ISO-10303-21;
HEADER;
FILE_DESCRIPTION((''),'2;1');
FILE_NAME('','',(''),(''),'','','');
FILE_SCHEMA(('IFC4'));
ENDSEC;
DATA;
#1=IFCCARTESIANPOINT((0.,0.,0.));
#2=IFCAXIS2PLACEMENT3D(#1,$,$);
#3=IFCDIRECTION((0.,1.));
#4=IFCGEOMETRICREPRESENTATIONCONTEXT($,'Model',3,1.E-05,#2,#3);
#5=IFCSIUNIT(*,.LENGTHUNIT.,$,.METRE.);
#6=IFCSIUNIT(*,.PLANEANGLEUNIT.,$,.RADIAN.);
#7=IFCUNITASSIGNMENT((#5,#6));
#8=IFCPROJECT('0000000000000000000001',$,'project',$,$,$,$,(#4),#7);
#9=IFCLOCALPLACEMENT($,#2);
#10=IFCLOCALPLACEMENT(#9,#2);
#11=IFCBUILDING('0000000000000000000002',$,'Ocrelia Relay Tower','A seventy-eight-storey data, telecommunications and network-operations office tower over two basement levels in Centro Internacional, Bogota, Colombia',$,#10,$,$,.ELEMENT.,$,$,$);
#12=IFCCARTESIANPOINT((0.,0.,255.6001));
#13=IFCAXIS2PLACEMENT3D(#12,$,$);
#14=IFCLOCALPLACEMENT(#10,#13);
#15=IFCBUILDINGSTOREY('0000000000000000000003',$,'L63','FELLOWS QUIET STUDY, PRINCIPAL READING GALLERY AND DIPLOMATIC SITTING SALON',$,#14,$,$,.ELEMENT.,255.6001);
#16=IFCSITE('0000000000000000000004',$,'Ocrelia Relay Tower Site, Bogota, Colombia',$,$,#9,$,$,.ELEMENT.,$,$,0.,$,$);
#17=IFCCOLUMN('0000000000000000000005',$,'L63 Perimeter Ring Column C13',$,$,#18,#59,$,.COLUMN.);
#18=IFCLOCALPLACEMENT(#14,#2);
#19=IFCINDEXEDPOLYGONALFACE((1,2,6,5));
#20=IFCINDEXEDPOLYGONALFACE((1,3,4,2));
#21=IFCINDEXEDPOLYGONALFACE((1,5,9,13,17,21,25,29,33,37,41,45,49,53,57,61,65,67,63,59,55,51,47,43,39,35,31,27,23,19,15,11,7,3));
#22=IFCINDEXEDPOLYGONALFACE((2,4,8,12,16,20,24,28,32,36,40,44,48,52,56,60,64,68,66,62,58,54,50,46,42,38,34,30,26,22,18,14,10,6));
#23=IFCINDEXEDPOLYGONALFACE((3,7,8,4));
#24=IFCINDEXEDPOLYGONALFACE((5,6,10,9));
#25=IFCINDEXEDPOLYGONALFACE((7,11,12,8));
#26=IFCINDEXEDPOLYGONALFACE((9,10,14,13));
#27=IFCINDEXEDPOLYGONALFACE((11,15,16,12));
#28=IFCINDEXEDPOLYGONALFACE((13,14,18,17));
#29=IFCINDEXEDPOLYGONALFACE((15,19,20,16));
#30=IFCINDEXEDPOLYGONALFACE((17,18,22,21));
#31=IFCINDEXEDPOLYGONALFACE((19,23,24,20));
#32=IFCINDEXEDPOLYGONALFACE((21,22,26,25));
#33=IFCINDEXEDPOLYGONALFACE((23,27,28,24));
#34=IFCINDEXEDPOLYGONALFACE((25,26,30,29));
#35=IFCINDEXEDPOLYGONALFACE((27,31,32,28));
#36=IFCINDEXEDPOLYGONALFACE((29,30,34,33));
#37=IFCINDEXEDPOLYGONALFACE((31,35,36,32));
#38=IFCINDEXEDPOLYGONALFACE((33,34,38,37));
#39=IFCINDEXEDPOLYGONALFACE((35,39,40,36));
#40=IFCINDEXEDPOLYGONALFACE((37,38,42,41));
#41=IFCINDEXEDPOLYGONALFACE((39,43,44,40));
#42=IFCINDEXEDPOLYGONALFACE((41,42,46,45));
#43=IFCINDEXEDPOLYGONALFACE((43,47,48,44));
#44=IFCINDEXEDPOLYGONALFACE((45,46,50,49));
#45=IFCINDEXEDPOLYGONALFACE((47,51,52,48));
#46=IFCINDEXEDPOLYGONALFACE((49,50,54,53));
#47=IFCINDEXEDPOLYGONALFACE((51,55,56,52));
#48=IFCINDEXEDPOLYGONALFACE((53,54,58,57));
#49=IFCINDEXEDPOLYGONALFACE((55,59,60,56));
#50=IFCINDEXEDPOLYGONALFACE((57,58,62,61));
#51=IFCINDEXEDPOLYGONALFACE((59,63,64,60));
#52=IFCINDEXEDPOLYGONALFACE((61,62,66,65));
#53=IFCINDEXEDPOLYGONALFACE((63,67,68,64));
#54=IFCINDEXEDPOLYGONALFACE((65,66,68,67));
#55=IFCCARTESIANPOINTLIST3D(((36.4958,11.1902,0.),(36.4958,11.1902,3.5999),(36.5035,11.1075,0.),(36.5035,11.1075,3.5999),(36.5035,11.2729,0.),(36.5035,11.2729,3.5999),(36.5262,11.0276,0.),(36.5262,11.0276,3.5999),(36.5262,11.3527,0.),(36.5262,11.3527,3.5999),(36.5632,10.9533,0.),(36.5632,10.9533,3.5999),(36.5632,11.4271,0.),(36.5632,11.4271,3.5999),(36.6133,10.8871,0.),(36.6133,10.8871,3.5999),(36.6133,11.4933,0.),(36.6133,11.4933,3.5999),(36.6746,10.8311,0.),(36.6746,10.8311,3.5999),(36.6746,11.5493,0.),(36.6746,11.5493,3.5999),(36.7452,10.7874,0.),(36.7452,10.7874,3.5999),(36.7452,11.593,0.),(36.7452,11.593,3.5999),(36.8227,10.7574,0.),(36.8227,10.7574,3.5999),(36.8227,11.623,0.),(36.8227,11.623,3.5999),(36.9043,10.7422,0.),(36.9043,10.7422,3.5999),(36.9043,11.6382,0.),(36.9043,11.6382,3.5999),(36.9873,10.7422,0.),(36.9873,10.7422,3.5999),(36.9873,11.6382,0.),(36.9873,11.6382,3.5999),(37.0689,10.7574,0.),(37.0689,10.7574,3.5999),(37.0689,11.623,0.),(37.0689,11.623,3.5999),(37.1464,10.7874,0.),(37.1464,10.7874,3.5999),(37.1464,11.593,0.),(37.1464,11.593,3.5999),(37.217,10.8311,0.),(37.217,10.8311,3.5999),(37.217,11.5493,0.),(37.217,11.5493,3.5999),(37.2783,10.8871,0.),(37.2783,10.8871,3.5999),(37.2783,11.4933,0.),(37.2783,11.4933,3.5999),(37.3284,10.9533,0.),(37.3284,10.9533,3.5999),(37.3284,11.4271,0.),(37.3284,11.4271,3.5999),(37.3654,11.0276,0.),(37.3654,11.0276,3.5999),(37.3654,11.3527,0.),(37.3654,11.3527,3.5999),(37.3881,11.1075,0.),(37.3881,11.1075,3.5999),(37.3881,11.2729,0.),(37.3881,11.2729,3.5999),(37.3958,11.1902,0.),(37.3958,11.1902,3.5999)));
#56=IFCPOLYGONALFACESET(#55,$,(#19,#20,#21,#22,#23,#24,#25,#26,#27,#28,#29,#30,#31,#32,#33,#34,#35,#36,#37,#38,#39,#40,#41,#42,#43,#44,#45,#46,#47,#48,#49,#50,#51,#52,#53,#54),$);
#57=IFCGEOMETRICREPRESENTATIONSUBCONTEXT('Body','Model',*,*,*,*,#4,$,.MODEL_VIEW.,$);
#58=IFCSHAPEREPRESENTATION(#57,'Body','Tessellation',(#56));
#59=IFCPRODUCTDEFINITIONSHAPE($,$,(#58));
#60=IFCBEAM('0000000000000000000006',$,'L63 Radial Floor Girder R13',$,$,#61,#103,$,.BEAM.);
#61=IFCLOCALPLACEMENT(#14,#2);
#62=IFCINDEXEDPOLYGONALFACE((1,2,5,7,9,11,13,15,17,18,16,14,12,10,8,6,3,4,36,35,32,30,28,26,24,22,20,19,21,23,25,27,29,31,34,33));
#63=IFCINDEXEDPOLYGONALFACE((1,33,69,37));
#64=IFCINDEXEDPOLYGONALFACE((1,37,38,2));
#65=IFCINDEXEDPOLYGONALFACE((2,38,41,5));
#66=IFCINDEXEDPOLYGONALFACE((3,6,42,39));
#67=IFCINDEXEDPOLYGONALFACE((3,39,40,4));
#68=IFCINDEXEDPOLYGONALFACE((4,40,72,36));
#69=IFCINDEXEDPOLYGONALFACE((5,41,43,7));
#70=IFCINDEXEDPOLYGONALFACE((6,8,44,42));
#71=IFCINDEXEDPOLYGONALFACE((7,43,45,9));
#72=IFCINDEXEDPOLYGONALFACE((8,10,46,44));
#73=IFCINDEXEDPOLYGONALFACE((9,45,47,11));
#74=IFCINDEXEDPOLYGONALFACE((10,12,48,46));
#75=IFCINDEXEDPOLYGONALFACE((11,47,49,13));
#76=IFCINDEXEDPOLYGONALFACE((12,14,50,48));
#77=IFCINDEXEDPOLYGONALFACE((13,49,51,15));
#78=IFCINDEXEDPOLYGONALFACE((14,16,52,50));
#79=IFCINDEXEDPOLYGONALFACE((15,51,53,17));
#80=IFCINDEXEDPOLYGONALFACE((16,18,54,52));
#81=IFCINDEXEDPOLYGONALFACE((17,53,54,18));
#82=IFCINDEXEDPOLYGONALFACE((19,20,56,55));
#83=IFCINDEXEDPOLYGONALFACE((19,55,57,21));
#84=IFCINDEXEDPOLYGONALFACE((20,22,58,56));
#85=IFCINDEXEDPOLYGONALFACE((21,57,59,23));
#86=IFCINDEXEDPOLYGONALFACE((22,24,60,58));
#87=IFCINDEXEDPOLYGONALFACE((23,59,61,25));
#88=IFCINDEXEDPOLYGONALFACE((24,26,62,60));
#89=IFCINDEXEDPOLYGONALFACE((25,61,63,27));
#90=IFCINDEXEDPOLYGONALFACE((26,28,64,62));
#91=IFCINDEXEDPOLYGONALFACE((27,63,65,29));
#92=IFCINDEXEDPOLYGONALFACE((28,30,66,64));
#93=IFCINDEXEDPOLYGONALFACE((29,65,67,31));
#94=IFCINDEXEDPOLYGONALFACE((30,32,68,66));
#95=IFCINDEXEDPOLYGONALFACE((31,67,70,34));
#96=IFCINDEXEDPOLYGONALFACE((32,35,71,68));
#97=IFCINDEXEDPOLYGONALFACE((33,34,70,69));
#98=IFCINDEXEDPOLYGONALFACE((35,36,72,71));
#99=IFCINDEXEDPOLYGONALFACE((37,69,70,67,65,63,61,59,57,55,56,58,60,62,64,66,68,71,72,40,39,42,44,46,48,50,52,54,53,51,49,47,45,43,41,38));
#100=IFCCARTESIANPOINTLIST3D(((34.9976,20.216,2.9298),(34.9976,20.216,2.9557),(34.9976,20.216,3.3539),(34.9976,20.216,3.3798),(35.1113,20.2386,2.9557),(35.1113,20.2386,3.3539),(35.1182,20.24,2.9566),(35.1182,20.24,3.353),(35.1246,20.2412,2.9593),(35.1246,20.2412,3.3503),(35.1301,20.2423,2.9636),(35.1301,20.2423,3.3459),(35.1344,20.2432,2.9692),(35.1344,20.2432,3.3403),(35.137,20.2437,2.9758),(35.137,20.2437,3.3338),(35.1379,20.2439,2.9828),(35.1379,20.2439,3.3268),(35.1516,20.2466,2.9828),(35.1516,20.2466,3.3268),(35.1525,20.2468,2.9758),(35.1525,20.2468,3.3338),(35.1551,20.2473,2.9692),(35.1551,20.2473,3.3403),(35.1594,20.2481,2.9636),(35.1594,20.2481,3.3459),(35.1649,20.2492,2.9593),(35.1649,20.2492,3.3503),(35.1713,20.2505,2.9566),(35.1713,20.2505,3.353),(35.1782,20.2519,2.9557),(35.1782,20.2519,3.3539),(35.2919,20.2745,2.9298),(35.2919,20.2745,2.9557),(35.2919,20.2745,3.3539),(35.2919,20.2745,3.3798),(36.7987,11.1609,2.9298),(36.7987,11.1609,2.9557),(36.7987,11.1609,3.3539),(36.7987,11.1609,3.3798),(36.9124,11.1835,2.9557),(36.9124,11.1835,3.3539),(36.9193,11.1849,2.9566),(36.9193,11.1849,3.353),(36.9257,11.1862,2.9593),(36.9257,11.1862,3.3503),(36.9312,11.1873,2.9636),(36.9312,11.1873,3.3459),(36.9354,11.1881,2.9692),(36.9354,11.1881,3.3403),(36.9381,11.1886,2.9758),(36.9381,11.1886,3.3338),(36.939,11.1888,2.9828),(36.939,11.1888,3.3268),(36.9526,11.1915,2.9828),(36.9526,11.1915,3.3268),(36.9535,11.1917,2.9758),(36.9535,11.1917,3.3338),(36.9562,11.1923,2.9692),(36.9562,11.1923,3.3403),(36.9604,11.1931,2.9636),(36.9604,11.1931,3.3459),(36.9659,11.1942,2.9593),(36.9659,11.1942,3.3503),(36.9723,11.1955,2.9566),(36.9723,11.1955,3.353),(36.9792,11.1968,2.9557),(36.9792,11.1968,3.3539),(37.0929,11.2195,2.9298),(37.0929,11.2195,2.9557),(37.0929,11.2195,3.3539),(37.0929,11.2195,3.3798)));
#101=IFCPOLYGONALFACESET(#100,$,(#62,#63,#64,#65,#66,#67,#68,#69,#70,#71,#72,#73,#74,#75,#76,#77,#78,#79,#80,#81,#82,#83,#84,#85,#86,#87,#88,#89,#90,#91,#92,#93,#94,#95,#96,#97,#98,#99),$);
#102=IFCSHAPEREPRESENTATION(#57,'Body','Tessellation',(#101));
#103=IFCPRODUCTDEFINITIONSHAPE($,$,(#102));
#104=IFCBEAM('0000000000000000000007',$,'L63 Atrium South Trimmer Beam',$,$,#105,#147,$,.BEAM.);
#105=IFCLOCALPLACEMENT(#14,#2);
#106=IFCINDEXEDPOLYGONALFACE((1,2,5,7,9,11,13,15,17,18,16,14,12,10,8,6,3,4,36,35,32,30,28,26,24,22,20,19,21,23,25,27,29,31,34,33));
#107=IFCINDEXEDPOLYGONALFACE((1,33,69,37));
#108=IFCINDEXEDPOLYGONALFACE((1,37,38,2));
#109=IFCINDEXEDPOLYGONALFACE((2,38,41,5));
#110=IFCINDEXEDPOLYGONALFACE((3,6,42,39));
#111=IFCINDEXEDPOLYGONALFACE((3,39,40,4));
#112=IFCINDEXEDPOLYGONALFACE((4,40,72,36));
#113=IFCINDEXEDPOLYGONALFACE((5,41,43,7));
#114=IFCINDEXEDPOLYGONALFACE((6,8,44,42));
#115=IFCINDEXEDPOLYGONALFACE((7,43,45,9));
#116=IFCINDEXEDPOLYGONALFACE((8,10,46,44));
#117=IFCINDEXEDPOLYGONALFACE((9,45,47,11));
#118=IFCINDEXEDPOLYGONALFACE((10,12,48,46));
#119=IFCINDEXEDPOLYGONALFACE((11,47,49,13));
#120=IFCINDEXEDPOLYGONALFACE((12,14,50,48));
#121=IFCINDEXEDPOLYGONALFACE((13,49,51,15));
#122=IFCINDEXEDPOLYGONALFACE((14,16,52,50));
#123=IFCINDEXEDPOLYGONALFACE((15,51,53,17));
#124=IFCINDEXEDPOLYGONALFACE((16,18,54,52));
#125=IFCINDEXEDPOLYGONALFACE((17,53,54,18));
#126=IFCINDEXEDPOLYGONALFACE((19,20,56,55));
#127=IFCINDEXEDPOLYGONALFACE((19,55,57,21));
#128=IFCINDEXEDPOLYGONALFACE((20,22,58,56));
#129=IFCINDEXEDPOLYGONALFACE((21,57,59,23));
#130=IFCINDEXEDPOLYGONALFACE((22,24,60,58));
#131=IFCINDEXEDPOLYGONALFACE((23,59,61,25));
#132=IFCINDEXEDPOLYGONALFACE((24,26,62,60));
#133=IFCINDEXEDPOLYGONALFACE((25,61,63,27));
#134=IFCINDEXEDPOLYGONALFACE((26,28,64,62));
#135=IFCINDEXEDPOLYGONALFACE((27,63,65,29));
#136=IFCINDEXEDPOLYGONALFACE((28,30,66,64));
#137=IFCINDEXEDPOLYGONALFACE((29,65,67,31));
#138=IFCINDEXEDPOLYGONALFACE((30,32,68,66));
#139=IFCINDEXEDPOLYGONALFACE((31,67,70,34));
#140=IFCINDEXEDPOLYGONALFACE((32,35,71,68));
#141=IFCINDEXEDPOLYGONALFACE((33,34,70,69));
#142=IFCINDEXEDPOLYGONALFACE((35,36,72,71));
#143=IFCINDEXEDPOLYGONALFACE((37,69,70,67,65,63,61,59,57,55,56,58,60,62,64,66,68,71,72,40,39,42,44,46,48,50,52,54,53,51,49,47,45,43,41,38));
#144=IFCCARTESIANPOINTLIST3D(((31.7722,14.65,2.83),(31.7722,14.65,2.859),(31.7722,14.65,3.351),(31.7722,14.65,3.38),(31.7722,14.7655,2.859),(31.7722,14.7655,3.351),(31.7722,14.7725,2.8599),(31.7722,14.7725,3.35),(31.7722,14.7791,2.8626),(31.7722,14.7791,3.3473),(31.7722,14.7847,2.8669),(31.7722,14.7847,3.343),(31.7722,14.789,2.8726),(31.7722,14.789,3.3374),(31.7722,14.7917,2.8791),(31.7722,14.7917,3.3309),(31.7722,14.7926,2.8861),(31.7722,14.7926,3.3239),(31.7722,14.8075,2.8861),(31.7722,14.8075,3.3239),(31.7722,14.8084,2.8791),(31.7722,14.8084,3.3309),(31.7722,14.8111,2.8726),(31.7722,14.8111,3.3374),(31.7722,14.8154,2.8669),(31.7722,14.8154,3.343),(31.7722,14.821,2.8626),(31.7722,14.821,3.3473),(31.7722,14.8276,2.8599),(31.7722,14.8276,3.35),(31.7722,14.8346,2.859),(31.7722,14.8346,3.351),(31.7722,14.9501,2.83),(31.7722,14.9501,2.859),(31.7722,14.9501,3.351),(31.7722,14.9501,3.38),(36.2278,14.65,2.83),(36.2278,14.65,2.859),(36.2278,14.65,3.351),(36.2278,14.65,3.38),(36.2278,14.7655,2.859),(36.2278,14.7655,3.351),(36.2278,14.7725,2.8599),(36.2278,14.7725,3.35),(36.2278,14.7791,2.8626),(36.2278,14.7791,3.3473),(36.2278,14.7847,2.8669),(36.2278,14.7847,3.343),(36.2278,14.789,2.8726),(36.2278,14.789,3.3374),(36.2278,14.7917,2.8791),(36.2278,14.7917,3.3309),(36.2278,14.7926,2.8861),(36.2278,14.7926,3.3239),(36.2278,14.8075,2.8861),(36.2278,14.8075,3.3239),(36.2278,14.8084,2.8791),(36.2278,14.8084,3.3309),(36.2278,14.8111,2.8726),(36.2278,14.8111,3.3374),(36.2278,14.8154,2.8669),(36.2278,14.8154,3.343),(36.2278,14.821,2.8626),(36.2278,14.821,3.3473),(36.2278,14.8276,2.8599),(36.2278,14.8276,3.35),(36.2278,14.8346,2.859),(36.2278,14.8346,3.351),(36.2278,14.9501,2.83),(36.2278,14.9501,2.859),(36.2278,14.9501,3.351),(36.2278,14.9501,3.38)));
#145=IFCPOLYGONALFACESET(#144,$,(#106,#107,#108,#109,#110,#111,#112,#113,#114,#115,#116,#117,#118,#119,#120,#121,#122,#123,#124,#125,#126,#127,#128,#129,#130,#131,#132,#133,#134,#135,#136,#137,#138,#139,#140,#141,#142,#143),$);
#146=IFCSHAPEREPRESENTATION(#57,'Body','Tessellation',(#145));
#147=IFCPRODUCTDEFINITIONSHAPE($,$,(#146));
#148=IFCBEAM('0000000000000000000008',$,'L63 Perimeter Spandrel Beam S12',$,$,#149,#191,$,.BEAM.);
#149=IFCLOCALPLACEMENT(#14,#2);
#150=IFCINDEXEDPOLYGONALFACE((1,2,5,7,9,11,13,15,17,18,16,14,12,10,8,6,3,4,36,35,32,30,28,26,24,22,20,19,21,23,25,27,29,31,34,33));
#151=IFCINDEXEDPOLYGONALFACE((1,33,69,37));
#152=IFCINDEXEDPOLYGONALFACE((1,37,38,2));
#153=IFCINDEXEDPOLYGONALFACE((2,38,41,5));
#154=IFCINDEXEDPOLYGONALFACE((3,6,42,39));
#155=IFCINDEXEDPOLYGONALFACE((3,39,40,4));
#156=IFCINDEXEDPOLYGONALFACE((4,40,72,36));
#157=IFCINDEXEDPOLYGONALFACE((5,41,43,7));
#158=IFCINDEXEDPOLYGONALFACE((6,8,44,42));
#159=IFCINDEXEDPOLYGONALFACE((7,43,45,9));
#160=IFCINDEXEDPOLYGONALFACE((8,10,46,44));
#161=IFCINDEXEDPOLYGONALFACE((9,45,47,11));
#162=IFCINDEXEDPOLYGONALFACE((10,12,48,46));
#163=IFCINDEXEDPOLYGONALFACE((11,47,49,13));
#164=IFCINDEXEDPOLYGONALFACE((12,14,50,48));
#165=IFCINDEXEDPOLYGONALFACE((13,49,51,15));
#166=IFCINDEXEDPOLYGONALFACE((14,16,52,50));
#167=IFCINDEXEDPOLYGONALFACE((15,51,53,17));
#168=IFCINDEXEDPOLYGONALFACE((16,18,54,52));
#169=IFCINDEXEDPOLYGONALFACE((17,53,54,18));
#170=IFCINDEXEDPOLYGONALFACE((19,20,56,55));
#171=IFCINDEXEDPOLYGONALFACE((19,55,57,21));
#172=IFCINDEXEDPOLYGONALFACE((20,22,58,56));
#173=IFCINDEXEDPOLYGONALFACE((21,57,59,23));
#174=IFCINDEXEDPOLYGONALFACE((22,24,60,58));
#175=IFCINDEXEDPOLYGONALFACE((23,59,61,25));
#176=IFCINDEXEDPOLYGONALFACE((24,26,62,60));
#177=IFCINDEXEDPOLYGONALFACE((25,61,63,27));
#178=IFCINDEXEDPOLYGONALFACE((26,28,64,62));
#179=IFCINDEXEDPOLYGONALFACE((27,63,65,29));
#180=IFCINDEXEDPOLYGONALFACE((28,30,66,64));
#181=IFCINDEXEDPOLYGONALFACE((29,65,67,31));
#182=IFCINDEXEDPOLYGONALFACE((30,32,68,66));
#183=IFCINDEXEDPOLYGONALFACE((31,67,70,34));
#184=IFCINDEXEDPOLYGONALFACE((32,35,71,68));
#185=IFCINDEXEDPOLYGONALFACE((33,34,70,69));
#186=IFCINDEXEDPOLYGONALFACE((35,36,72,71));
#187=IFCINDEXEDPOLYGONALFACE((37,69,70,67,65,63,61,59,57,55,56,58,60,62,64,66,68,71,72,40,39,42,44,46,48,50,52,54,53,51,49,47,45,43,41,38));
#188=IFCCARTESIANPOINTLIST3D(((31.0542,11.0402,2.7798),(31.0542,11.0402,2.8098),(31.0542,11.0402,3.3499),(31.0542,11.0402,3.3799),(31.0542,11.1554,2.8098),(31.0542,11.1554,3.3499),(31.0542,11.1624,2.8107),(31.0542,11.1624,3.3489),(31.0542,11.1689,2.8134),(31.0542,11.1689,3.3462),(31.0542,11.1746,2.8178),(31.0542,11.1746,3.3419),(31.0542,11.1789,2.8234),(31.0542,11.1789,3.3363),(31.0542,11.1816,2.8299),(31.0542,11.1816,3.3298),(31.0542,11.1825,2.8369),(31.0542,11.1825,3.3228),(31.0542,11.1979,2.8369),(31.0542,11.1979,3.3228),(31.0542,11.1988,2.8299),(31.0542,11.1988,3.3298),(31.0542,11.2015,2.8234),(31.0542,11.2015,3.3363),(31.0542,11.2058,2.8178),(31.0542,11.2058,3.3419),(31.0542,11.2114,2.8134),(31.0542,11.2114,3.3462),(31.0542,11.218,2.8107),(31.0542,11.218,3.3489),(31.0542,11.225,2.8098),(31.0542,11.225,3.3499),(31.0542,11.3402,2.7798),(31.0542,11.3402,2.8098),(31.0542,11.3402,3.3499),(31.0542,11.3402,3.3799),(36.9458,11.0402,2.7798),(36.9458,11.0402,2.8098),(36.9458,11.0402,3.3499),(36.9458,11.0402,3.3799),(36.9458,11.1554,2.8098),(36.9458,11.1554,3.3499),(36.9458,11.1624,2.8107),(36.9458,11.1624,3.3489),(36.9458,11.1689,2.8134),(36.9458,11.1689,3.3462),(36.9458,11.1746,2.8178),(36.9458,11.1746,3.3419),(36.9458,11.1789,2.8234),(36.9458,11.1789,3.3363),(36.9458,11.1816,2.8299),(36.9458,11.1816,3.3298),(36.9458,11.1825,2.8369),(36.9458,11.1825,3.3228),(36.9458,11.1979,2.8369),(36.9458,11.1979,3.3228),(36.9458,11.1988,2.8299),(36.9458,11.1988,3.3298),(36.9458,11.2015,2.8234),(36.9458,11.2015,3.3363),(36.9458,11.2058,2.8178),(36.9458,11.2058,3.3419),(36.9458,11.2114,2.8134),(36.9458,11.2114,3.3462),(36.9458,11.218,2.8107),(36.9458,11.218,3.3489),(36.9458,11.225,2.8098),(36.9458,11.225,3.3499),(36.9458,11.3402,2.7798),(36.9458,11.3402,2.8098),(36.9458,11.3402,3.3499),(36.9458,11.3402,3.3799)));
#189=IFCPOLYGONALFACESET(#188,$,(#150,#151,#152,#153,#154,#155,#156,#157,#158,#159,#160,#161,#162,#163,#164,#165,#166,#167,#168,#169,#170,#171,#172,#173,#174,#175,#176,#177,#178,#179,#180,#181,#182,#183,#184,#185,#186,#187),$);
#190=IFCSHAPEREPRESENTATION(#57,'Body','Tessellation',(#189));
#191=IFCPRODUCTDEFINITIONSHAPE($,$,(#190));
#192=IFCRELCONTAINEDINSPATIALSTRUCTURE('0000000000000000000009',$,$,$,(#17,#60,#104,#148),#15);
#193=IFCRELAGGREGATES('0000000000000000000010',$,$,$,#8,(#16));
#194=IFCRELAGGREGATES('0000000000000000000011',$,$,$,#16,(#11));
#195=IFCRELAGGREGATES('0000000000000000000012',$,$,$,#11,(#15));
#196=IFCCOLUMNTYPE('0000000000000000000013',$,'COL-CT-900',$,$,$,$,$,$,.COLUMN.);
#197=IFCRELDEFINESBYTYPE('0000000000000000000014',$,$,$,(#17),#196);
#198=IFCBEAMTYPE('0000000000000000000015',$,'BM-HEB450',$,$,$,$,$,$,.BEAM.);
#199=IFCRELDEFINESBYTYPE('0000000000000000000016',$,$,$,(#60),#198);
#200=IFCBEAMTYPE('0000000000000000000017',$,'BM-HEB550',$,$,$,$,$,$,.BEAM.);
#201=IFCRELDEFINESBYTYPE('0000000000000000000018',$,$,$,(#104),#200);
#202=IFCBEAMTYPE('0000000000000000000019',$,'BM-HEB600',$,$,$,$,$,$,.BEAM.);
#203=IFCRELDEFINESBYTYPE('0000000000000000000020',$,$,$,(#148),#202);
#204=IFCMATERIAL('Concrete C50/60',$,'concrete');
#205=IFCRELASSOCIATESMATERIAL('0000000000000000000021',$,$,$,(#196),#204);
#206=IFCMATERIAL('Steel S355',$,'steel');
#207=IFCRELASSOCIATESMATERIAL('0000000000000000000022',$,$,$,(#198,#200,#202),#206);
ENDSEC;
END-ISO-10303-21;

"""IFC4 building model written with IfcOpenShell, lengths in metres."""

from ifc_helpers import new_model, si_unit, direction, frame, origin, origin_2d, place, context, subcontext, project, spatial, circle, i_section, extrude, material, material_profile, profile_set, type_object, element, save


model = new_model("IFC4")

# Units and contexts
model_context = context("Model", 3, precision=1e-05, world=origin(), true_north=direction((0.0, 1.0)))
body_context = subcontext(model_context, "Body", "Model", "MODEL_VIEW")
ifc_project = project(units=[si_unit("LENGTHUNIT", "METRE"), si_unit("PLANEANGLEUNIT", "RADIAN")], contexts=[model_context])

# Site, building, storey
site_placement = place(None, origin())
site = spatial("IfcSite", under=ifc_project, at=site_placement, Name="Ocrelia Relay Tower Site, Bogota, Colombia", CompositionType="ELEMENT", RefElevation=0.0)
building_placement = place(site_placement, origin())
building = spatial("IfcBuilding", under=site, at=building_placement, Name="Ocrelia Relay Tower", Description="A seventy-eight-storey data, telecommunications and network-operations office tower over two basement levels in Centro Internacional, Bogota, Colombia", CompositionType="ELEMENT")
storey_placement = place(building_placement, frame((0.0, 0.0, 255.6001)))
storey = spatial("IfcBuildingStorey", under=building, at=storey_placement, Name="L63", Description="FELLOWS QUIET STUDY, PRINCIPAL READING GALLERY AND DIPLOMATIC SITTING SALON", CompositionType="ELEMENT", Elevation=255.6001)

# Column
ifc_material_1 = material(Name="Concrete C50/60", Category="concrete")
ifc_material_profile_1 = material_profile(ifc_material_1, circle(Radius=0.45, at=origin_2d()), Name="RC-CIR-900")
ifc_profile_set_1 = profile_set([ifc_material_profile_1], Name="Concrete C50/60")
column_type = type_object("IfcColumnType", Name="COL-CT-900", PredefinedType="COLUMN", material=ifc_profile_set_1)
column_placement = place(storey_placement, frame((36.9458, 11.1902, 0.0), z_axis=(0.0, 0.0, 1.0), x_axis=(1.0, 0.0, 0.0)))
element("IfcColumn", 1, at=column_placement, inside=storey, type_object=column_type, Name="L63 Perimeter Ring Column C13", PredefinedType="COLUMN", context=body_context, shape_type="SweptSolid", body=[
    extrude(circle(Radius=0.45, at=origin_2d()), origin(), (0.0, 0.0, 1.0), 3.5999),
])

# Beams
ifc_material_2 = material(Name="Steel S355", Category="steel")
ifc_material_profile_2 = material_profile(ifc_material_2, i_section(OverallWidth=0.3, OverallDepth=0.45, WebThickness=0.0139, FlangeThickness=0.0259, FilletRadius=0.0271, at=origin_2d()), Name="HEB 450")
ifc_profile_set_2 = profile_set([ifc_material_profile_2], Name="Steel S355")
beam_type_1 = type_object("IfcBeamType", Name="BM-HEB450", PredefinedType="BEAM", material=ifc_profile_set_2)
beam_1_placement = place(storey_placement, frame((36.9458, 11.1902, 3.1548), z_axis=(-0.195079, 0.980788, 0.0), x_axis=(-0.980788, -0.195079, 0.0)))
element("IfcBeam", 2, at=beam_1_placement, inside=storey, type_object=beam_type_1, Name="L63 Radial Floor Girder R13", PredefinedType="BEAM", context=body_context, shape_type="SweptSolid", body=[
    extrude(i_section(OverallWidth=0.3, OverallDepth=0.45, WebThickness=0.0139, FlangeThickness=0.0259, FilletRadius=0.0271, at=origin_2d()), origin(), (0.0, 0.0, 1.0), 9.2324),
])
ifc_material_profile_3 = material_profile(ifc_material_2, i_section(OverallWidth=0.3, OverallDepth=0.55, WebThickness=0.0149, FlangeThickness=0.0291, FilletRadius=0.0271, at=origin_2d()), Name="HEB 550")
ifc_profile_set_3 = profile_set([ifc_material_profile_3], Name="Steel S355")
beam_type_2 = type_object("IfcBeamType", Name="BM-HEB550", PredefinedType="BEAM", material=ifc_profile_set_3)
beam_2_placement = place(storey_placement, frame((31.7722, 14.8, 3.105), z_axis=(1.0, 0.0, 0.0), x_axis=(0.0, 1.0, 0.0)))
element("IfcBeam", 3, at=beam_2_placement, inside=storey, type_object=beam_type_2, Name="L63 Atrium South Trimmer Beam", PredefinedType="BEAM", context=body_context, shape_type="SweptSolid", body=[
    extrude(i_section(OverallWidth=0.3, OverallDepth=0.55, WebThickness=0.0149, FlangeThickness=0.0291, FilletRadius=0.0271, at=origin_2d()), origin(), (0.0, 0.0, 1.0), 4.4556),
])
ifc_material_profile_4 = material_profile(ifc_material_2, i_section(OverallWidth=0.3, OverallDepth=0.6001, WebThickness=0.0154, FlangeThickness=0.03, FilletRadius=0.0271, at=origin_2d()), Name="HEB 600")
ifc_profile_set_4 = profile_set([ifc_material_profile_4], Name="Steel S355")
beam_type_3 = type_object("IfcBeamType", Name="BM-HEB600", PredefinedType="BEAM", material=ifc_profile_set_4)
beam_3_placement = place(storey_placement, frame((31.0542, 11.1902, 3.0798), z_axis=(1.0, 0.0, 0.0), x_axis=(0.0, 1.0, 0.0)))
element("IfcBeam", 4, at=beam_3_placement, inside=storey, type_object=beam_type_3, Name="L63 Perimeter Spandrel Beam S12", PredefinedType="BEAM", context=body_context, shape_type="SweptSolid", body=[
    extrude(i_section(OverallWidth=0.3, OverallDepth=0.6001, WebThickness=0.0154, FlangeThickness=0.03, FilletRadius=0.0271, at=origin_2d()), origin(), (0.0, 0.0, 1.0), 5.8916),
])

save(model, "model.ifc")
